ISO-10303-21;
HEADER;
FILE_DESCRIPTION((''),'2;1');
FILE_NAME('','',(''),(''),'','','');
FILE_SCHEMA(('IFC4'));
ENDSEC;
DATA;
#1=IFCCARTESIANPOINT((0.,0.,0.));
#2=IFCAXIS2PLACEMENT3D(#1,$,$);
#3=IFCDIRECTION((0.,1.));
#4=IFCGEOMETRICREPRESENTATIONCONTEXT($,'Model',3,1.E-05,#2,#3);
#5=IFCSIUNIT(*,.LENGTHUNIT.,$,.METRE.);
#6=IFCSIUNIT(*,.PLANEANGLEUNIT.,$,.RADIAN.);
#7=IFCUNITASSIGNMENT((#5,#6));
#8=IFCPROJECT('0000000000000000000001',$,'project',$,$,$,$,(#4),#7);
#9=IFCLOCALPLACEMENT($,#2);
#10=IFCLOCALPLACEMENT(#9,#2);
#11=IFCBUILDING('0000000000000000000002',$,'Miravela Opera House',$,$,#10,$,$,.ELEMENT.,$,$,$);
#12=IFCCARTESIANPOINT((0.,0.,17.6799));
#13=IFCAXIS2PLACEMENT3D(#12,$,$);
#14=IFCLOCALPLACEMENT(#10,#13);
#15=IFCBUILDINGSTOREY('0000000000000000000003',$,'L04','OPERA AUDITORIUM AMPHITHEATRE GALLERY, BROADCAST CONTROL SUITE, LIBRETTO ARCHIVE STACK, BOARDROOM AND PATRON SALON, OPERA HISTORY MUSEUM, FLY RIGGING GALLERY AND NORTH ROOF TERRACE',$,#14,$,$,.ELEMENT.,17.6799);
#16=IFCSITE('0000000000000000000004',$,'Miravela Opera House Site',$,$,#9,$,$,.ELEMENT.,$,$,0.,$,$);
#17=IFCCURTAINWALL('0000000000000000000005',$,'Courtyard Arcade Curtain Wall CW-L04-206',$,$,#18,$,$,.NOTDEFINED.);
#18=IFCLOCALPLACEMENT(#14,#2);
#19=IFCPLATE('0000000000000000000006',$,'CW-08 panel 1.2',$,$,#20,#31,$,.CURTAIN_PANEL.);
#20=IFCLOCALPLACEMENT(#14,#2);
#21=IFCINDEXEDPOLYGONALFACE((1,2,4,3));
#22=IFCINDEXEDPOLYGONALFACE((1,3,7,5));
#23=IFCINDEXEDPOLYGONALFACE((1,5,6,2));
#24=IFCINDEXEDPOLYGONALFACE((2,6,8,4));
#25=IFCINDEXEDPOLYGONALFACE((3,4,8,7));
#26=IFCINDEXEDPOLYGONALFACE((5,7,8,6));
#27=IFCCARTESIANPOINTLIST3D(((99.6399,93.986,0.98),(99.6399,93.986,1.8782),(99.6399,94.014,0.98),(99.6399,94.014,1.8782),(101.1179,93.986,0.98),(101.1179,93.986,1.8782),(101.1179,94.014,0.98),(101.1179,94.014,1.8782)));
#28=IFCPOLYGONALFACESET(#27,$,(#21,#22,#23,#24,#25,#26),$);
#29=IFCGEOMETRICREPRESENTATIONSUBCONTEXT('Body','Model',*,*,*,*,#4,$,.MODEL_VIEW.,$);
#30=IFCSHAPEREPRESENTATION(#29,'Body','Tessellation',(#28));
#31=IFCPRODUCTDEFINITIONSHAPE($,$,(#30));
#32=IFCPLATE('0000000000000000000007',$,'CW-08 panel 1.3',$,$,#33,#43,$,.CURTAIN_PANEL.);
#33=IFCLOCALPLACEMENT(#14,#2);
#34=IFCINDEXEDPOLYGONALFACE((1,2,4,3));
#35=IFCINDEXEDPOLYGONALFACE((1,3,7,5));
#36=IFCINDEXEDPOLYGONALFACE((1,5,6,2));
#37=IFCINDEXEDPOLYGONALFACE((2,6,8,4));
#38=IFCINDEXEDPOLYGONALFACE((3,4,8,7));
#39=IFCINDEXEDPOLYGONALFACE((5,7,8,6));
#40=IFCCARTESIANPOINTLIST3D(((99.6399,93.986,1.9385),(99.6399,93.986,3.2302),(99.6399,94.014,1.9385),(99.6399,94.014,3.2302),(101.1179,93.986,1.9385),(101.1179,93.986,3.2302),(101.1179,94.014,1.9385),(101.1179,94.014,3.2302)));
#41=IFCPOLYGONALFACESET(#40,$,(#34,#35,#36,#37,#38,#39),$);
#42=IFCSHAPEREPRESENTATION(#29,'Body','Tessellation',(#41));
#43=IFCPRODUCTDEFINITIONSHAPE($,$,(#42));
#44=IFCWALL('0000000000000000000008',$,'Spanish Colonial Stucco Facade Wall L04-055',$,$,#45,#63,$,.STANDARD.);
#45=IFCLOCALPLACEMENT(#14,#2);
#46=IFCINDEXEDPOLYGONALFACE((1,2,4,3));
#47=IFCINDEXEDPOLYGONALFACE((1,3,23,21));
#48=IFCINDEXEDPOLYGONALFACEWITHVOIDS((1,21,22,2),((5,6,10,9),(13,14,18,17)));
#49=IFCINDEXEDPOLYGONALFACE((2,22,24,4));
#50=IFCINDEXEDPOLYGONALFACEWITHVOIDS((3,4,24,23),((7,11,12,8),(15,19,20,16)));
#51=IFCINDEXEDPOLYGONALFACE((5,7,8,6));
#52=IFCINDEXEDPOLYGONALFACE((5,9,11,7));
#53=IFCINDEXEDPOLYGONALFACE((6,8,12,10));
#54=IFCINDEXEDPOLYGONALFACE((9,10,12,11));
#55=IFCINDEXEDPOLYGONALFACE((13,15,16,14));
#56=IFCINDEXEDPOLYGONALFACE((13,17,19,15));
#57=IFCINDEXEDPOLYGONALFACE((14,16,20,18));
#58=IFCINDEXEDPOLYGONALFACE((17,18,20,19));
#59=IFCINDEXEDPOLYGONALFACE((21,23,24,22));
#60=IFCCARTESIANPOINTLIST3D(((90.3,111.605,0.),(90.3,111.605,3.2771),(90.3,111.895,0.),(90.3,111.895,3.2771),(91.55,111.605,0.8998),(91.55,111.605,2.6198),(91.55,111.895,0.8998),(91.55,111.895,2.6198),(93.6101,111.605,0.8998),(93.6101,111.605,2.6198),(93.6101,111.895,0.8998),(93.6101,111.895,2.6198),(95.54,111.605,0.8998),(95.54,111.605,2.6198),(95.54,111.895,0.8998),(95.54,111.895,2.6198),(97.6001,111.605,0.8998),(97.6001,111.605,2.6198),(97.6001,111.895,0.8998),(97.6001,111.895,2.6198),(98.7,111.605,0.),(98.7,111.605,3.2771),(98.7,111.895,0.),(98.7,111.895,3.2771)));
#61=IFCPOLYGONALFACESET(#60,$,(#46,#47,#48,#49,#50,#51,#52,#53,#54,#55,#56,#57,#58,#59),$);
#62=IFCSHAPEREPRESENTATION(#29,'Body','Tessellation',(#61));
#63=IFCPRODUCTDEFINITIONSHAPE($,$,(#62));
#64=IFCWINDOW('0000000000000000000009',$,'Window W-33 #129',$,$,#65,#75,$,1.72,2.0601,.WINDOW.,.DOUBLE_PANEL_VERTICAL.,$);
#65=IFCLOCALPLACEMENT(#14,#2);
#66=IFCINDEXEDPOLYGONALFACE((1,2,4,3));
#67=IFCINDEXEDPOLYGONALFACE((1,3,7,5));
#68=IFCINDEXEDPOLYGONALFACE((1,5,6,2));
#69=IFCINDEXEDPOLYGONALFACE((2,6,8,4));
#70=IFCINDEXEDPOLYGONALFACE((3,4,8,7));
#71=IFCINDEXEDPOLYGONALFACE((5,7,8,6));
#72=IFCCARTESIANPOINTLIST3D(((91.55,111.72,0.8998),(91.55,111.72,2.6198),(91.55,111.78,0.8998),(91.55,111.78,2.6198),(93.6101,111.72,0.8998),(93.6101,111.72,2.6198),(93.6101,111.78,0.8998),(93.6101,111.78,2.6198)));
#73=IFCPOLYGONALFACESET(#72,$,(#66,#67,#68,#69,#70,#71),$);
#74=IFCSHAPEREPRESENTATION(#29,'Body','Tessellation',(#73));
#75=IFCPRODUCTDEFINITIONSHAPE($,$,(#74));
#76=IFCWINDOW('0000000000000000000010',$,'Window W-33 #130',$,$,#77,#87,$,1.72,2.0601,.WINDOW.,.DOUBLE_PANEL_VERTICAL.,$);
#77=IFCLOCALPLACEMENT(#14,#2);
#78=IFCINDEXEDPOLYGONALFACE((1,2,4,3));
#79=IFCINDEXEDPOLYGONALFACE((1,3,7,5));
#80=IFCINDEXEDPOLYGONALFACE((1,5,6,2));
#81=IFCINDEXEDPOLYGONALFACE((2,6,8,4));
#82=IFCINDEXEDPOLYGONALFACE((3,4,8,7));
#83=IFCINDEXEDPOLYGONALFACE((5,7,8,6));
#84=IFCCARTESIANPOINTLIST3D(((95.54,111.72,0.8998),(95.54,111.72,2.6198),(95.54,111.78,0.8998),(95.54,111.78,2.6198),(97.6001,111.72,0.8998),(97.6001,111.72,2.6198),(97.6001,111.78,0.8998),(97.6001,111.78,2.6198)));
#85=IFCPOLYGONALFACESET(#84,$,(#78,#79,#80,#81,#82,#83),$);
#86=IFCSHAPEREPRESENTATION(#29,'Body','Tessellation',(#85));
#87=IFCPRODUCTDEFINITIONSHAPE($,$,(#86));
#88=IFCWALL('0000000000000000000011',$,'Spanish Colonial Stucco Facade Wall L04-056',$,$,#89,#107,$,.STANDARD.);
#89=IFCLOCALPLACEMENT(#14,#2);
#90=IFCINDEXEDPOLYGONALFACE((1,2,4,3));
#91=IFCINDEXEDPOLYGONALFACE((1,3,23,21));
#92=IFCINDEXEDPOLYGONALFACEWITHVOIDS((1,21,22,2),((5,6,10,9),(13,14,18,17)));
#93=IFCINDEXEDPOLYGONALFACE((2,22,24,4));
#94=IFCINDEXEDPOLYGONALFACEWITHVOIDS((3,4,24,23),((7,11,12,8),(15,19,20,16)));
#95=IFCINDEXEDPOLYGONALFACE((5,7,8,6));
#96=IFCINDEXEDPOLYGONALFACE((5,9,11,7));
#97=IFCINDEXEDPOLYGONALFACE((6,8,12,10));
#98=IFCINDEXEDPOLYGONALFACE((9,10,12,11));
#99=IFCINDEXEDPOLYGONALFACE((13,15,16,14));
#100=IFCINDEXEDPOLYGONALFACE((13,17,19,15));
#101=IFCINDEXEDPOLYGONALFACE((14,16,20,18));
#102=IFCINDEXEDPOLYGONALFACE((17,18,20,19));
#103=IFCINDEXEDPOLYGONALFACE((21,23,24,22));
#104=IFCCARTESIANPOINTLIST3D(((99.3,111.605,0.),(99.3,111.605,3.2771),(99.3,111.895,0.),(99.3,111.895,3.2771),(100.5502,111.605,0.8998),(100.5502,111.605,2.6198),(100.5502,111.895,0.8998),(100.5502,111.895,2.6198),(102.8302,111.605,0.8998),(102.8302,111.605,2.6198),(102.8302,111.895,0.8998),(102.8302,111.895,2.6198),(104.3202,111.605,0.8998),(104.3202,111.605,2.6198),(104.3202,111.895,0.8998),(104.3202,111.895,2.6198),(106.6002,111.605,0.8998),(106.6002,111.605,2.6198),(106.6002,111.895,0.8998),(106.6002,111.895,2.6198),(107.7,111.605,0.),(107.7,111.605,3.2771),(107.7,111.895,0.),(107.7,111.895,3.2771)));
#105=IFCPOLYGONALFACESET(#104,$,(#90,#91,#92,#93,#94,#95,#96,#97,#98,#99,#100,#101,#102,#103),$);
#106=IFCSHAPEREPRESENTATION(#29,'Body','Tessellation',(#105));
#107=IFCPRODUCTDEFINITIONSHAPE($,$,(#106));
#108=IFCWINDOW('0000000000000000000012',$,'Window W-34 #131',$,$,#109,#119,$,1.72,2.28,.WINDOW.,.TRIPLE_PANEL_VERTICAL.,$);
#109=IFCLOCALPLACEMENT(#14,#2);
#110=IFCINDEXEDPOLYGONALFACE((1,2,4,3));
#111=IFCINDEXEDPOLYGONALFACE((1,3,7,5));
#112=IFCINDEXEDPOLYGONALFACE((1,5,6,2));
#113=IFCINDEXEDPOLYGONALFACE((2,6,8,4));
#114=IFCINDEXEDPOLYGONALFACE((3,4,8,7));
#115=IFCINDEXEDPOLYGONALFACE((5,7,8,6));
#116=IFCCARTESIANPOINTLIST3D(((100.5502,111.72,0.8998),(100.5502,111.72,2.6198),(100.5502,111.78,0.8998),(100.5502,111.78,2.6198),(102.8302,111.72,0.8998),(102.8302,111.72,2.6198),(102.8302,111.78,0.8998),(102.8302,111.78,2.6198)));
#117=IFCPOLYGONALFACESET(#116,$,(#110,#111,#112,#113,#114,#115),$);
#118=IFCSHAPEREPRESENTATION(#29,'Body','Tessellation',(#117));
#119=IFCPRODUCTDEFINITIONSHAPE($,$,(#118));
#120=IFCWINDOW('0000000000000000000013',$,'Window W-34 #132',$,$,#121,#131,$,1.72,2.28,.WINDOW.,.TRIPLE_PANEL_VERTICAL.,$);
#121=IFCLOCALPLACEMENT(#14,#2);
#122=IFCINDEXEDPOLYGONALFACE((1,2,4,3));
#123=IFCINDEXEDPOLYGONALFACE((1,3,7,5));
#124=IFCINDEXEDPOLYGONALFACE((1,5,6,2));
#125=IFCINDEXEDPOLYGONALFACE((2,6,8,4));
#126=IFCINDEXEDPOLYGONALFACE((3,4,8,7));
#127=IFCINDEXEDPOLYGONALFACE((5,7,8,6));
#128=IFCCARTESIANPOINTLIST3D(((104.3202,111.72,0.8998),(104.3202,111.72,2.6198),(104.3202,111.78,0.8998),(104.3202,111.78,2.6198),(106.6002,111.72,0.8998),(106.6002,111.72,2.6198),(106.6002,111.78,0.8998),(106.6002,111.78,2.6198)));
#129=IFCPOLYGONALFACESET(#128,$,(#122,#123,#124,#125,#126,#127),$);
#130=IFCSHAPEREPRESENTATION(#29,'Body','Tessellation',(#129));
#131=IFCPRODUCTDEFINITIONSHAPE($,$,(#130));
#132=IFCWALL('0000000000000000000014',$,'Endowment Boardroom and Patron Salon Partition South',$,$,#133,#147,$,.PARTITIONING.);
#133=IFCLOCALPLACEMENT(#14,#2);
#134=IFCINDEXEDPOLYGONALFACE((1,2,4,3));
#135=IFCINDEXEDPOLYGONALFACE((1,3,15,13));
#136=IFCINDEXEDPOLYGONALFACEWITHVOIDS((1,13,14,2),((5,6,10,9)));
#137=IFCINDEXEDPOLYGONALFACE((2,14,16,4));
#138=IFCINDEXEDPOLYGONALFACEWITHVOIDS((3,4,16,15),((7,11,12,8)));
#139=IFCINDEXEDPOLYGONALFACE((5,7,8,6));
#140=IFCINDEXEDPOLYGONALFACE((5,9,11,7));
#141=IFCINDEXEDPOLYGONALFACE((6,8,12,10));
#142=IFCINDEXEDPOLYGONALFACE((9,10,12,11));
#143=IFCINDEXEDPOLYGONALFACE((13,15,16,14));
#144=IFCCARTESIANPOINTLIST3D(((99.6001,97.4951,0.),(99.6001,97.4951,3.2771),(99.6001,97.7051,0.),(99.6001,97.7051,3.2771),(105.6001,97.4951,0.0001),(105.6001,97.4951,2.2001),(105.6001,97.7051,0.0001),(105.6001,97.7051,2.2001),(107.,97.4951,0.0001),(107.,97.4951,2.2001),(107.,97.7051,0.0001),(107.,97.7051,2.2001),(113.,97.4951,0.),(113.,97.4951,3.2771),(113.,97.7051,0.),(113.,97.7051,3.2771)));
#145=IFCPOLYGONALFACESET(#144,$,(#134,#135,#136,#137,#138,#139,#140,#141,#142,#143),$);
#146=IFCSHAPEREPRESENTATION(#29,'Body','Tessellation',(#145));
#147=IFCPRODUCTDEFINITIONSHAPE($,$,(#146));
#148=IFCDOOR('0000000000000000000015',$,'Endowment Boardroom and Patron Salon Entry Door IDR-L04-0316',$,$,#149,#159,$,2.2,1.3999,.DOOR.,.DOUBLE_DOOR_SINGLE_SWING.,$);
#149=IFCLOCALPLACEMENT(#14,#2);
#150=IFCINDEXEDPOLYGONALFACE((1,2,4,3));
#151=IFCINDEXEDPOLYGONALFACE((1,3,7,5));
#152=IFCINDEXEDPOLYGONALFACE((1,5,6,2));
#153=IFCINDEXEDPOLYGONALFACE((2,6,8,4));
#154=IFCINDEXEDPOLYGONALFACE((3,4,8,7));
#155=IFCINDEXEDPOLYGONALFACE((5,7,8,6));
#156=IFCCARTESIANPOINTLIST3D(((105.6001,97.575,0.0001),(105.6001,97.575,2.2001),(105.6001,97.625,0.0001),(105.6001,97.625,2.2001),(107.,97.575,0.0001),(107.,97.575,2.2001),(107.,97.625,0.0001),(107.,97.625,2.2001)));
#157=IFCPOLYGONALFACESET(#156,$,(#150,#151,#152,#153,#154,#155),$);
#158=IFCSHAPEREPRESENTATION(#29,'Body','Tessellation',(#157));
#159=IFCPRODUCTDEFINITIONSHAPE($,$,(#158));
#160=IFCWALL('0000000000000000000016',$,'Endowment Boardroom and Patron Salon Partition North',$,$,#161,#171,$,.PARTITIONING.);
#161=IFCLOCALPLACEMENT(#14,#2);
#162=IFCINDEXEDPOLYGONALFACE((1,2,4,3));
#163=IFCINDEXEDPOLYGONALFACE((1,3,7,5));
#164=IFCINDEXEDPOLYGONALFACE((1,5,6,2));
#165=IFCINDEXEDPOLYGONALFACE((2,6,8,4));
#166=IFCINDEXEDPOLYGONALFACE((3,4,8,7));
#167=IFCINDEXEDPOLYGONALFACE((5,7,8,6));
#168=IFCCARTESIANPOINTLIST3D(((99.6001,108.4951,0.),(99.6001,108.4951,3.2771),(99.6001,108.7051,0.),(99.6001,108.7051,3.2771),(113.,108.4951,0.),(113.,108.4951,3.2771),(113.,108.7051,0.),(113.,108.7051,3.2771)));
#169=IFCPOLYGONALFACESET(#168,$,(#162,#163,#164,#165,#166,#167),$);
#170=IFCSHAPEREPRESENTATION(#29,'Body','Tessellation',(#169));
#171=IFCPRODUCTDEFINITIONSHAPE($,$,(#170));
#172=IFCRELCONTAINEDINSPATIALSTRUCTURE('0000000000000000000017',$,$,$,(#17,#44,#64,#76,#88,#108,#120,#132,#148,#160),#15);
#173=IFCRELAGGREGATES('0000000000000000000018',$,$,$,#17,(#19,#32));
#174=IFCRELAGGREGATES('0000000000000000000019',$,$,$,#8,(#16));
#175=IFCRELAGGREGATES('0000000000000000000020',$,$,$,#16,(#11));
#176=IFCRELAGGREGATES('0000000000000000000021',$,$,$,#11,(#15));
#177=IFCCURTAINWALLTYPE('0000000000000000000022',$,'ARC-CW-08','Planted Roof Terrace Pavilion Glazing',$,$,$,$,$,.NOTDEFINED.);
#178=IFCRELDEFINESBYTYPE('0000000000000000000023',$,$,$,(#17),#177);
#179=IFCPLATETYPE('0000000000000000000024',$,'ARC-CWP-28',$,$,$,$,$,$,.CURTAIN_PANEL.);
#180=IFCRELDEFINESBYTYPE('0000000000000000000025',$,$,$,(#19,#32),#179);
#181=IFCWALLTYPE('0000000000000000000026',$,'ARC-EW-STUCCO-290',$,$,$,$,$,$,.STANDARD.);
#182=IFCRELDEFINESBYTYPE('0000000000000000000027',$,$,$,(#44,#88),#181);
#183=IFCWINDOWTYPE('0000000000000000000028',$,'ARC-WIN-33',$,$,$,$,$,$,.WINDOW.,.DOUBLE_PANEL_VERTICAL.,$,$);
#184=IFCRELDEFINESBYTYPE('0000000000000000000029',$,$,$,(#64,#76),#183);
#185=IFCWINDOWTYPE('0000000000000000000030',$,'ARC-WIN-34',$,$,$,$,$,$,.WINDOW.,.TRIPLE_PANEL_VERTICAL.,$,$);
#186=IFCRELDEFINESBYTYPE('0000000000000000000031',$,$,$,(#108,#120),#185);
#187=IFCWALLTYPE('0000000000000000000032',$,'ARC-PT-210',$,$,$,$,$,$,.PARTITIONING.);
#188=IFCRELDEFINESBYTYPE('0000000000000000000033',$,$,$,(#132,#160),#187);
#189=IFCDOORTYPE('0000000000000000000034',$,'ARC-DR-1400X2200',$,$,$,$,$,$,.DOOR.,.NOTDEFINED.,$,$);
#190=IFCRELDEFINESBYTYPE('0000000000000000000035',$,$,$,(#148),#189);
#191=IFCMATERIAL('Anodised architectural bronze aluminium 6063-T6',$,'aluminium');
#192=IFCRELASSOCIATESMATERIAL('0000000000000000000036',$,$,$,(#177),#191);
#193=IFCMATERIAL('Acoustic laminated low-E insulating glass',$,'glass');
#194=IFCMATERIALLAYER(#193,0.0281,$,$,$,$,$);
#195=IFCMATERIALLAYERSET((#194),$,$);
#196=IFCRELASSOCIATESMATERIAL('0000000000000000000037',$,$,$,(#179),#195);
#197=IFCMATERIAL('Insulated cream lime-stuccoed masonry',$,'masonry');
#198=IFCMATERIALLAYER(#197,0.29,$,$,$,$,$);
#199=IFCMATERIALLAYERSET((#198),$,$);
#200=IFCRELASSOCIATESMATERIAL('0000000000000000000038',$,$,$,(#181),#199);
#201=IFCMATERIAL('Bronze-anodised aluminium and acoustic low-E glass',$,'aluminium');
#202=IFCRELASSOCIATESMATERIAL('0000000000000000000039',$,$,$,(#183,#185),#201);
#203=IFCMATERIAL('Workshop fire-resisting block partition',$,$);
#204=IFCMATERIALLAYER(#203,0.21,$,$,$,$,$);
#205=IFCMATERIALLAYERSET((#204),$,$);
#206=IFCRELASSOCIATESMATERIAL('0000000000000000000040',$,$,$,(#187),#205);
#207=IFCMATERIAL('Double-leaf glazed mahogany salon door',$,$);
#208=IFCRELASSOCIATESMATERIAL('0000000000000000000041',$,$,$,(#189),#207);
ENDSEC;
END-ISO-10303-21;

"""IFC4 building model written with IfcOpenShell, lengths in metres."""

from ifc_helpers import new_model, si_unit, direction, frame, frame_2d, origin, origin_2d, place, context, subcontext, project, spatial, rectangle, extrude, material, layer, layer_set, type_object, element, fill, aggregate, save


model = new_model("IFC4")

# Units and contexts
model_context = context("Model", 3, precision=1e-05, world=origin(), true_north=direction((0.0, 1.0)))
body_context = subcontext(model_context, "Body", "Model", "MODEL_VIEW")
ifc_project = project(units=[si_unit("LENGTHUNIT", "METRE"), si_unit("PLANEANGLEUNIT", "RADIAN")], contexts=[model_context])

# Site, building, storey
site_placement = place(None, origin())
site = spatial("IfcSite", under=ifc_project, at=site_placement, Name="Miravela Opera House Site", CompositionType="ELEMENT", RefElevation=0.0)
building_placement = place(site_placement, origin())
building = spatial("IfcBuilding", under=site, at=building_placement, Name="Miravela Opera House", CompositionType="ELEMENT")
storey_placement = place(building_placement, frame((0.0, 0.0, 17.6799)))
storey = spatial("IfcBuildingStorey", under=building, at=storey_placement, Name="L04", Description="OPERA AUDITORIUM AMPHITHEATRE GALLERY, BROADCAST CONTROL SUITE, LIBRETTO ARCHIVE STACK, BOARDROOM AND PATRON SALON, OPERA HISTORY MUSEUM, FLY RIGGING GALLERY AND NORTH ROOF TERRACE", CompositionType="ELEMENT", Elevation=17.6799)

# Curtain wall
ifc_material_1 = material(Name="Anodised architectural bronze aluminium 6063-T6", Category="aluminium")
curtain_wall_type = type_object("IfcCurtainWallType", Name="ARC-CW-08", Description="Planted Roof Terrace Pavilion Glazing", PredefinedType="NOTDEFINED", material=ifc_material_1)
curtain_wall_placement = place(storey_placement, origin())
curtain_wall = element("IfcCurtainWall", 1, at=curtain_wall_placement, inside=storey, type_object=curtain_wall_type, Name="Courtyard Arcade Curtain Wall CW-L04-206", PredefinedType="NOTDEFINED")

# Plates
ifc_material_2 = material(Name="Acoustic laminated low-E insulating glass", Category="glass")
ifc_layer_1 = layer(ifc_material_2, 0.0281)
ifc_layer_set_1 = layer_set([ifc_layer_1])
plate_type = type_object("IfcPlateType", Name="ARC-CWP-28", PredefinedType="CURTAIN_PANEL", material=ifc_layer_set_1)
plate_1_placement = place(storey_placement, frame((100.3789, 94.0, 0.98), z_axis=(0.0, 0.0, 1.0), x_axis=(1.0, 0.0, 0.0)))
plate_1 = element("IfcPlate", 2, at=plate_1_placement, type_object=plate_type, Name="CW-08 panel 1.2", PredefinedType="CURTAIN_PANEL", context=body_context, shape_type="SweptSolid", body=[
    extrude(rectangle(XDim=1.478, YDim=0.0281, at=origin_2d()), origin(), (0.0, 0.0, 1.0), 0.8982),
])
plate_2_placement = place(storey_placement, frame((100.3789, 94.0, 1.9385), z_axis=(0.0, 0.0, 1.0), x_axis=(1.0, 0.0, 0.0)))
plate_2 = element("IfcPlate", 3, at=plate_2_placement, type_object=plate_type, Name="CW-08 panel 1.3", PredefinedType="CURTAIN_PANEL", context=body_context, shape_type="SweptSolid", body=[
    extrude(rectangle(XDim=1.478, YDim=0.0281, at=origin_2d()), origin(), (0.0, 0.0, 1.0), 1.2917),
])
aggregate(curtain_wall, [plate_1, plate_2])

# Walls, openings, windows
ifc_material_3 = material(Name="Insulated cream lime-stuccoed masonry", Category="masonry")
ifc_layer_2 = layer(ifc_material_3, 0.29)
ifc_layer_set_2 = layer_set([ifc_layer_2])
wall_type_1 = type_object("IfcWallType", Name="ARC-EW-STUCCO-290", PredefinedType="STANDARD", material=ifc_layer_set_2)
wall_1_placement = place(storey_placement, frame((90.3, 111.75, 0.0), z_axis=(0.0, 0.0, 1.0), x_axis=(1.0, 0.0, 0.0)))
wall_1 = element("IfcWall", 4, at=wall_1_placement, inside=storey, type_object=wall_type_1, Name="Spanish Colonial Stucco Facade Wall L04-055", PredefinedType="STANDARD", context=body_context, shape_type="SweptSolid", body=[
    extrude(rectangle(XDim=8.3999, YDim=0.29, at=frame_2d((4.2, 0.0))), origin(), (0.0, 0.0, 1.0), 3.2771),
])
opening_1_placement = place(wall_1_placement, frame((1.25, 0.0, 0.8999)))
opening_1 = element("IfcOpeningElement", 5, at=opening_1_placement, cuts=wall_1, PredefinedType="OPENING", context=body_context, shape_type="SweptSolid", body=[
    extrude(rectangle(XDim=2.0601, YDim=1.72, at=frame_2d((1.03, 0.8599))), frame((0.0, 0.155, 0.0), z_axis=(0.0, -1.0, 0.0), x_axis=(1.0, 0.0, 0.0)), (0.0, 0.0, 1.0), 0.3101),
])
opening_2_placement = place(wall_1_placement, frame((5.24, 0.0, 0.8999)))
opening_2 = element("IfcOpeningElement", 6, at=opening_2_placement, cuts=wall_1, PredefinedType="OPENING", context=body_context, shape_type="SweptSolid", body=[
    extrude(rectangle(XDim=2.0601, YDim=1.72, at=frame_2d((1.03, 0.8599))), frame((0.0, 0.155, 0.0), z_axis=(0.0, -1.0, 0.0), x_axis=(1.0, 0.0, 0.0)), (0.0, 0.0, 1.0), 0.3101),
])
ifc_material_4 = material(Name="Bronze-anodised aluminium and acoustic low-E glass", Category="aluminium")
window_type_1 = type_object("IfcWindowType", Name="ARC-WIN-33", PartitioningType="DOUBLE_PANEL_VERTICAL", PredefinedType="WINDOW", material=ifc_material_4)
window_1_placement = place(opening_1_placement, origin())
window_1 = element("IfcWindow", 7, at=window_1_placement, inside=storey, type_object=window_type_1, Name="Window W-33 #129", OverallHeight=1.72, OverallWidth=2.0601, PartitioningType="DOUBLE_PANEL_VERTICAL", PredefinedType="WINDOW", context=body_context, shape_type="SweptSolid", body=[
    extrude(rectangle(XDim=2.0601, YDim=1.72, at=frame_2d((1.03, 0.8599))), frame((0.0, 0.03, 0.0), z_axis=(0.0, -1.0, 0.0), x_axis=(1.0, 0.0, 0.0)), (0.0, 0.0, 1.0), 0.0601),
])
fill(opening_1, window_1)
window_2_placement = place(opening_2_placement, origin())
window_2 = element("IfcWindow", 8, at=window_2_placement, inside=storey, type_object=window_type_1, Name="Window W-33 #130", OverallHeight=1.72, OverallWidth=2.0601, PartitioningType="DOUBLE_PANEL_VERTICAL", PredefinedType="WINDOW", context=body_context, shape_type="SweptSolid", body=[
    extrude(rectangle(XDim=2.0601, YDim=1.72, at=frame_2d((1.03, 0.8599))), frame((0.0, 0.03, 0.0), z_axis=(0.0, -1.0, 0.0), x_axis=(1.0, 0.0, 0.0)), (0.0, 0.0, 1.0), 0.0601),
])
fill(opening_2, window_2)
wall_2_placement = place(storey_placement, frame((99.3, 111.75, 0.0), z_axis=(0.0, 0.0, 1.0), x_axis=(1.0, 0.0, 0.0)))
wall_2 = element("IfcWall", 9, at=wall_2_placement, inside=storey, type_object=wall_type_1, Name="Spanish Colonial Stucco Facade Wall L04-056", PredefinedType="STANDARD", context=body_context, shape_type="SweptSolid", body=[
    extrude(rectangle(XDim=8.3999, YDim=0.29, at=frame_2d((4.2, 0.0))), origin(), (0.0, 0.0, 1.0), 3.2771),
])
opening_3_placement = place(wall_2_placement, frame((1.25, 0.0, 0.8999)))
opening_3 = element("IfcOpeningElement", 10, at=opening_3_placement, cuts=wall_2, PredefinedType="OPENING", context=body_context, shape_type="SweptSolid", body=[
    extrude(rectangle(XDim=2.28, YDim=1.72, at=frame_2d((1.1401, 0.8599))), frame((0.0, 0.155, 0.0), z_axis=(0.0, -1.0, 0.0), x_axis=(1.0, 0.0, 0.0)), (0.0, 0.0, 1.0), 0.3101),
])
opening_4_placement = place(wall_2_placement, frame((5.02, 0.0, 0.8999)))
opening_4 = element("IfcOpeningElement", 11, at=opening_4_placement, cuts=wall_2, PredefinedType="OPENING", context=body_context, shape_type="SweptSolid", body=[
    extrude(rectangle(XDim=2.28, YDim=1.72, at=frame_2d((1.1401, 0.8599))), frame((0.0, 0.155, 0.0), z_axis=(0.0, -1.0, 0.0), x_axis=(1.0, 0.0, 0.0)), (0.0, 0.0, 1.0), 0.3101),
])
window_type_2 = type_object("IfcWindowType", Name="ARC-WIN-34", PartitioningType="TRIPLE_PANEL_VERTICAL", PredefinedType="WINDOW", material=ifc_material_4)
window_3_placement = place(opening_3_placement, origin())
window_3 = element("IfcWindow", 12, at=window_3_placement, inside=storey, type_object=window_type_2, Name="Window W-34 #131", OverallHeight=1.72, OverallWidth=2.28, PartitioningType="TRIPLE_PANEL_VERTICAL", PredefinedType="WINDOW", context=body_context, shape_type="SweptSolid", body=[
    extrude(rectangle(XDim=2.28, YDim=1.72, at=frame_2d((1.1401, 0.8599))), frame((0.0, 0.03, 0.0), z_axis=(0.0, -1.0, 0.0), x_axis=(1.0, 0.0, 0.0)), (0.0, 0.0, 1.0), 0.0601),
])
fill(opening_3, window_3)
window_4_placement = place(opening_4_placement, origin())
window_4 = element("IfcWindow", 13, at=window_4_placement, inside=storey, type_object=window_type_2, Name="Window W-34 #132", OverallHeight=1.72, OverallWidth=2.28, PartitioningType="TRIPLE_PANEL_VERTICAL", PredefinedType="WINDOW", context=body_context, shape_type="SweptSolid", body=[
    extrude(rectangle(XDim=2.28, YDim=1.72, at=frame_2d((1.1401, 0.8599))), frame((0.0, 0.03, 0.0), z_axis=(0.0, -1.0, 0.0), x_axis=(1.0, 0.0, 0.0)), (0.0, 0.0, 1.0), 0.0601),
])
fill(opening_4, window_4)

# Wall, opening, door
ifc_material_5 = material(Name="Workshop fire-resisting block partition")
ifc_layer_3 = layer(ifc_material_5, 0.21)
ifc_layer_set_3 = layer_set([ifc_layer_3])
wall_type_2 = type_object("IfcWallType", Name="ARC-PT-210", PredefinedType="PARTITIONING", material=ifc_layer_set_3)
wall_3_placement = place(storey_placement, frame((99.6001, 97.6001, 0.0), z_axis=(0.0, 0.0, 1.0), x_axis=(1.0, 0.0, 0.0)))
wall_3 = element("IfcWall", 14, at=wall_3_placement, inside=storey, type_object=wall_type_2, Name="Endowment Boardroom and Patron Salon Partition South", PredefinedType="PARTITIONING", context=body_context, shape_type="SweptSolid", body=[
    extrude(rectangle(XDim=13.3999, YDim=0.21, at=frame_2d((6.7, 0.0))), origin(), (0.0, 0.0, 1.0), 3.2771),
])
opening_5_placement = place(wall_3_placement, frame((6.0, 0.0, 0.0)))
opening_5 = element("IfcOpeningElement", 15, at=opening_5_placement, cuts=wall_3, PredefinedType="OPENING", context=body_context, shape_type="SweptSolid", body=[
    extrude(rectangle(XDim=1.3999, YDim=2.2, at=frame_2d((0.7, 1.1001))), frame((0.0, 0.115, 0.0), z_axis=(0.0, -1.0, 0.0), x_axis=(1.0, 0.0, 0.0)), (0.0, 0.0, 1.0), 0.23),
])
ifc_material_6 = material(Name="Double-leaf glazed mahogany salon door")
door_type = type_object("IfcDoorType", Name="ARC-DR-1400X2200", OperationType="NOTDEFINED", PredefinedType="DOOR", material=ifc_material_6)
door_placement = place(opening_5_placement, origin())
door = element("IfcDoor", 16, at=door_placement, inside=storey, type_object=door_type, Name="Endowment Boardroom and Patron Salon Entry Door IDR-L04-0316", OperationType="DOUBLE_DOOR_SINGLE_SWING", OverallHeight=2.2, OverallWidth=1.3999, PredefinedType="DOOR", context=body_context, shape_type="SweptSolid", body=[
    extrude(rectangle(XDim=1.3999, YDim=2.2, at=frame_2d((0.7, 1.1001))), frame((0.0, 0.0249, 0.0), z_axis=(0.0, -1.0, 0.0), x_axis=(1.0, 0.0, 0.0)), (0.0, 0.0, 1.0), 0.05),
])
fill(opening_5, door)

# Wall
wall_4_placement = place(storey_placement, frame((99.6001, 108.6001, 0.0), z_axis=(0.0, 0.0, 1.0), x_axis=(1.0, 0.0, 0.0)))
element("IfcWall", 17, at=wall_4_placement, inside=storey, type_object=wall_type_2, Name="Endowment Boardroom and Patron Salon Partition North", PredefinedType="PARTITIONING", context=body_context, shape_type="SweptSolid", body=[
    extrude(rectangle(XDim=13.3999, YDim=0.21, at=frame_2d((6.7, 0.0))), origin(), (0.0, 0.0, 1.0), 3.2771),
])

save(model, "model.ifc")
